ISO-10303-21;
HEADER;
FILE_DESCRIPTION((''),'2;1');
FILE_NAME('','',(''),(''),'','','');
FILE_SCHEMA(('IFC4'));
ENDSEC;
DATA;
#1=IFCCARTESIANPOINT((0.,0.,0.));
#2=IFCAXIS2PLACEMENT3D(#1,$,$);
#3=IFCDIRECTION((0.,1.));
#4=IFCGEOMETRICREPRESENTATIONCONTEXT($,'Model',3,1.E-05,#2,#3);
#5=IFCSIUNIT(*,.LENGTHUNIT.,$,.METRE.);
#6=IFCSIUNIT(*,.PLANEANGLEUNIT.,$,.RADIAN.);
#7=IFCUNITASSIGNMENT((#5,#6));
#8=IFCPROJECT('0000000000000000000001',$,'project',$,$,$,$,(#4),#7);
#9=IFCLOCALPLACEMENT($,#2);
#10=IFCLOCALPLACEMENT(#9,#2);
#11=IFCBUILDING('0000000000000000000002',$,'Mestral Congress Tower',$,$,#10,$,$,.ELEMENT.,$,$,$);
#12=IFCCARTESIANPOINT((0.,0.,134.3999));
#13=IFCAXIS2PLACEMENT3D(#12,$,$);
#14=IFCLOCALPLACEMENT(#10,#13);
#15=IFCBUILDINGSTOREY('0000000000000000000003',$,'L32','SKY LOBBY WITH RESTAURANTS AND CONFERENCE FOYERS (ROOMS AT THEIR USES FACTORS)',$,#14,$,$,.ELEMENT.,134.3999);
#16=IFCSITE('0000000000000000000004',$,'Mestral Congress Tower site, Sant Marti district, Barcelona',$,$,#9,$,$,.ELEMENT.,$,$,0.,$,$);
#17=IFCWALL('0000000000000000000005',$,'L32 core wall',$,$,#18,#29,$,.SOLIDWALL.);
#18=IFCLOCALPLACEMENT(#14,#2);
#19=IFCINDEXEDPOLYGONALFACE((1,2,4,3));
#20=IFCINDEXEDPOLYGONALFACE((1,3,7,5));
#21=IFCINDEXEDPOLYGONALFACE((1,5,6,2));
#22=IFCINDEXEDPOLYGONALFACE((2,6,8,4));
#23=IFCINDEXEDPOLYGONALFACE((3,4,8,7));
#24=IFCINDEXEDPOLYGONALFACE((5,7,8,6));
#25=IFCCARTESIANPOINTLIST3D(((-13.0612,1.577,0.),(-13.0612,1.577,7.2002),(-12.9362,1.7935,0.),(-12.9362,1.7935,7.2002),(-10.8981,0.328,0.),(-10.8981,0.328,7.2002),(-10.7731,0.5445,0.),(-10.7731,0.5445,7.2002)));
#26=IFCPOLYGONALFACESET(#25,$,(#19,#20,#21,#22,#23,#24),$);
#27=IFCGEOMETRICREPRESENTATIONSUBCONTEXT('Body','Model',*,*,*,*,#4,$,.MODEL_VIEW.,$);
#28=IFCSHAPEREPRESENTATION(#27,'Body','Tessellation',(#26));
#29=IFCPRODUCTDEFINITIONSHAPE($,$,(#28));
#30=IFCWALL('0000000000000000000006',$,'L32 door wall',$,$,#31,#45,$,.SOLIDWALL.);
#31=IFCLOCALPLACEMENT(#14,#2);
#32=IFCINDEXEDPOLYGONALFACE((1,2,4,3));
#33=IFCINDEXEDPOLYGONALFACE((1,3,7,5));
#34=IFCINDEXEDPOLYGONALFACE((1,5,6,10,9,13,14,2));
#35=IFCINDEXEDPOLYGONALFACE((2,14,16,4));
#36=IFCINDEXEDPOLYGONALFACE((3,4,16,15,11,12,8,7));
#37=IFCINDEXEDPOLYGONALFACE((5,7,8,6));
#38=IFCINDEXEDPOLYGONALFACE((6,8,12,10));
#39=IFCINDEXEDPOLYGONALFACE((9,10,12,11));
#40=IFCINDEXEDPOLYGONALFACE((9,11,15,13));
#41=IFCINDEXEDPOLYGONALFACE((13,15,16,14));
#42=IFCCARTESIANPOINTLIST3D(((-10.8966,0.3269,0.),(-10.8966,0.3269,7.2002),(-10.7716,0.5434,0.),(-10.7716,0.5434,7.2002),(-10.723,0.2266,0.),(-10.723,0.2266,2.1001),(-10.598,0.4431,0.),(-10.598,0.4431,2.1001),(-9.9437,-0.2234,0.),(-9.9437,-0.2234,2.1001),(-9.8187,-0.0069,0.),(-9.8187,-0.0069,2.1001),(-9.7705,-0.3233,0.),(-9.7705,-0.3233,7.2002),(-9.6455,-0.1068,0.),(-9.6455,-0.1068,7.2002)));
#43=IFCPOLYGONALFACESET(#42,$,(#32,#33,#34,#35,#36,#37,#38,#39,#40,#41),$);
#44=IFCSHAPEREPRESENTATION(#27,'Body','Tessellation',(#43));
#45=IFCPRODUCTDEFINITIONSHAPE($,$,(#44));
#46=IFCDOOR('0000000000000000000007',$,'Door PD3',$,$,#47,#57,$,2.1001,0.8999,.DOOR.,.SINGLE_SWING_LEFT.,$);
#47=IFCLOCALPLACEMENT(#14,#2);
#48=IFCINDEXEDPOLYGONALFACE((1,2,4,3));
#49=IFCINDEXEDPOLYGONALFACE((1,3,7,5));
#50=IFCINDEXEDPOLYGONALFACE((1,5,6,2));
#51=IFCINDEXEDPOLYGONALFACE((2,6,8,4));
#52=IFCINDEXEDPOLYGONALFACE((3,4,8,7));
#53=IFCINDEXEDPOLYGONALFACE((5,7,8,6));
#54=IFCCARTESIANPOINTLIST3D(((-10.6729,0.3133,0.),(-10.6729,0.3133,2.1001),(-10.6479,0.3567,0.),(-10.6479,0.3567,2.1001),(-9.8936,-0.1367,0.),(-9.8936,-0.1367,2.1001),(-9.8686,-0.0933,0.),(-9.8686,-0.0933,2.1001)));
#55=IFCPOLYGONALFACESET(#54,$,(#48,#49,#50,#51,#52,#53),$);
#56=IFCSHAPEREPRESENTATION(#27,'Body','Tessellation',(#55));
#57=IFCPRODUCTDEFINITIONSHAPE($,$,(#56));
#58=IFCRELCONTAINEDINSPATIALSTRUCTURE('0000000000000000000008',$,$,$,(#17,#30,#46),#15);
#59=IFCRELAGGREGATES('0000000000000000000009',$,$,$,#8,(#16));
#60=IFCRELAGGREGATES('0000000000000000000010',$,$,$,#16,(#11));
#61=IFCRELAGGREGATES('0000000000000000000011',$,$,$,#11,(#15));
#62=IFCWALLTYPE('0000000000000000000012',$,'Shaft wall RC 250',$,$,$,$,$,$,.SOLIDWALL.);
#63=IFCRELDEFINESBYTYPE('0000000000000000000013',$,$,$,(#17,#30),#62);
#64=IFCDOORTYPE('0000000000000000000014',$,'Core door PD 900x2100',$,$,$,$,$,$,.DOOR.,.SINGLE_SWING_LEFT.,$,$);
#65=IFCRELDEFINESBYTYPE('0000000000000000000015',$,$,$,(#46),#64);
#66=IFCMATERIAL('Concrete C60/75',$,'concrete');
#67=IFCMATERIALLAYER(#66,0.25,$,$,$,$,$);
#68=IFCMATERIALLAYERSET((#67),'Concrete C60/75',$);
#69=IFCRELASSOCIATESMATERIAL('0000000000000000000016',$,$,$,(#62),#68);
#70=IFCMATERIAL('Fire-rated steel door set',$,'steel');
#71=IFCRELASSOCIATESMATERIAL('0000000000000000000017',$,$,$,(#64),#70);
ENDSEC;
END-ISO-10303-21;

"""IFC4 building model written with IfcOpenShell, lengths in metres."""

from ifc_helpers import new_model, si_unit, direction, frame, frame_2d, origin, place, context, subcontext, project, spatial, rectangle, extrude, material, layer, layer_set, type_object, element, fill, save


model = new_model("IFC4")

# Units and contexts
model_context = context("Model", 3, precision=1e-05, world=origin(), true_north=direction((0.0, 1.0)))
body_context = subcontext(model_context, "Body", "Model", "MODEL_VIEW")
ifc_project = project(units=[si_unit("LENGTHUNIT", "METRE"), si_unit("PLANEANGLEUNIT", "RADIAN")], contexts=[model_context])

# Site, building, storey
site_placement = place(None, origin())
site = spatial("IfcSite", under=ifc_project, at=site_placement, Name="Mestral Congress Tower site, Sant Marti district, Barcelona", CompositionType="ELEMENT", RefElevation=0.0)
building_placement = place(site_placement, origin())
building = spatial("IfcBuilding", under=site, at=building_placement, Name="Mestral Congress Tower", CompositionType="ELEMENT")
storey_placement = place(building_placement, frame((0.0, 0.0, 134.3999)))
storey = spatial("IfcBuildingStorey", under=building, at=storey_placement, Name="L32", Description="SKY LOBBY WITH RESTAURANTS AND CONFERENCE FOYERS (ROOMS AT THEIR USES FACTORS)", CompositionType="ELEMENT", Elevation=134.3999)

# Shared definitions
ifc_material_1 = material(Name="Concrete C60/75", Category="concrete")

# Shared definitions
ifc_material_2 = material(Name="Fire-rated steel door set", Category="steel")

# Wall
ifc_layer_1 = layer(ifc_material_1, 0.25)
ifc_layer_set_1 = layer_set([ifc_layer_1], Name="Concrete C60/75")
wall_type_1 = type_object("IfcWallType", Name="Shaft wall RC 250", PredefinedType="SOLIDWALL", material=ifc_layer_set_1)
wall_1_placement = place(storey_placement, frame((-12.9988, 1.6853, 0.0), z_axis=(0.0, 0.0, 1.0), x_axis=(0.865997, -0.50005, 0.0)))
element("IfcWall", 1, at=wall_1_placement, inside=storey, type_object=wall_type_1, Name="L32 core wall", PredefinedType="SOLIDWALL", context=body_context, shape_type="SweptSolid", body=[
    extrude(rectangle(XDim=2.4978, YDim=0.25, at=frame_2d((1.249, 0.0))), origin(), (0.0, 0.0, 1.0), 7.2002),
])

# Wall, opening, door
wall_2_placement = place(storey_placement, frame((-9.708, -0.2151, 0.0), z_axis=(0.0, 0.0, 1.0), x_axis=(-0.866004, 0.500037, 0.0)))
wall_2 = element("IfcWall", 2, at=wall_2_placement, inside=storey, type_object=wall_type_1, Name="L32 door wall", PredefinedType="SOLIDWALL", context=body_context, shape_type="SweptSolid", body=[
    extrude(rectangle(XDim=1.3003, YDim=0.25, at=frame_2d((0.6501, 0.0))), origin(), (0.0, 0.0, 1.0), 7.2002),
])
opening_1_placement = place(wall_2_placement, frame((0.2, 0.0, 0.0)))
opening_1 = element("IfcOpeningElement", 3, at=opening_1_placement, cuts=wall_2, PredefinedType="OPENING", context=body_context, shape_type="SweptSolid", body=[
    extrude(rectangle(XDim=0.8999, YDim=2.1001, at=frame_2d((0.45, 1.05))), frame((0.0, 0.135, 0.0), z_axis=(0.0, -1.0, 0.0), x_axis=(1.0, 0.0, 0.0)), (0.0, 0.0, 1.0), 0.27),
])
door_type_1 = type_object("IfcDoorType", Name="Core door PD 900x2100", OperationType="SINGLE_SWING_LEFT", PredefinedType="DOOR", material=ifc_material_2)
door_1_placement = place(opening_1_placement, origin())
door_1 = element("IfcDoor", 4, at=door_1_placement, inside=storey, type_object=door_type_1, Name="Door PD3", OperationType="SINGLE_SWING_LEFT", OverallHeight=2.1001, OverallWidth=0.8999, PredefinedType="DOOR", context=body_context, shape_type="SweptSolid", body=[
    extrude(rectangle(XDim=0.8999, YDim=2.1001, at=frame_2d((0.45, 1.05))), frame((0.0, 0.0249, 0.0), z_axis=(0.0, -1.0, 0.0), x_axis=(1.0, 0.0, 0.0)), (0.0, 0.0, 1.0), 0.05),
])
fill(opening_1, door_1)

save(model, "model.ifc")
